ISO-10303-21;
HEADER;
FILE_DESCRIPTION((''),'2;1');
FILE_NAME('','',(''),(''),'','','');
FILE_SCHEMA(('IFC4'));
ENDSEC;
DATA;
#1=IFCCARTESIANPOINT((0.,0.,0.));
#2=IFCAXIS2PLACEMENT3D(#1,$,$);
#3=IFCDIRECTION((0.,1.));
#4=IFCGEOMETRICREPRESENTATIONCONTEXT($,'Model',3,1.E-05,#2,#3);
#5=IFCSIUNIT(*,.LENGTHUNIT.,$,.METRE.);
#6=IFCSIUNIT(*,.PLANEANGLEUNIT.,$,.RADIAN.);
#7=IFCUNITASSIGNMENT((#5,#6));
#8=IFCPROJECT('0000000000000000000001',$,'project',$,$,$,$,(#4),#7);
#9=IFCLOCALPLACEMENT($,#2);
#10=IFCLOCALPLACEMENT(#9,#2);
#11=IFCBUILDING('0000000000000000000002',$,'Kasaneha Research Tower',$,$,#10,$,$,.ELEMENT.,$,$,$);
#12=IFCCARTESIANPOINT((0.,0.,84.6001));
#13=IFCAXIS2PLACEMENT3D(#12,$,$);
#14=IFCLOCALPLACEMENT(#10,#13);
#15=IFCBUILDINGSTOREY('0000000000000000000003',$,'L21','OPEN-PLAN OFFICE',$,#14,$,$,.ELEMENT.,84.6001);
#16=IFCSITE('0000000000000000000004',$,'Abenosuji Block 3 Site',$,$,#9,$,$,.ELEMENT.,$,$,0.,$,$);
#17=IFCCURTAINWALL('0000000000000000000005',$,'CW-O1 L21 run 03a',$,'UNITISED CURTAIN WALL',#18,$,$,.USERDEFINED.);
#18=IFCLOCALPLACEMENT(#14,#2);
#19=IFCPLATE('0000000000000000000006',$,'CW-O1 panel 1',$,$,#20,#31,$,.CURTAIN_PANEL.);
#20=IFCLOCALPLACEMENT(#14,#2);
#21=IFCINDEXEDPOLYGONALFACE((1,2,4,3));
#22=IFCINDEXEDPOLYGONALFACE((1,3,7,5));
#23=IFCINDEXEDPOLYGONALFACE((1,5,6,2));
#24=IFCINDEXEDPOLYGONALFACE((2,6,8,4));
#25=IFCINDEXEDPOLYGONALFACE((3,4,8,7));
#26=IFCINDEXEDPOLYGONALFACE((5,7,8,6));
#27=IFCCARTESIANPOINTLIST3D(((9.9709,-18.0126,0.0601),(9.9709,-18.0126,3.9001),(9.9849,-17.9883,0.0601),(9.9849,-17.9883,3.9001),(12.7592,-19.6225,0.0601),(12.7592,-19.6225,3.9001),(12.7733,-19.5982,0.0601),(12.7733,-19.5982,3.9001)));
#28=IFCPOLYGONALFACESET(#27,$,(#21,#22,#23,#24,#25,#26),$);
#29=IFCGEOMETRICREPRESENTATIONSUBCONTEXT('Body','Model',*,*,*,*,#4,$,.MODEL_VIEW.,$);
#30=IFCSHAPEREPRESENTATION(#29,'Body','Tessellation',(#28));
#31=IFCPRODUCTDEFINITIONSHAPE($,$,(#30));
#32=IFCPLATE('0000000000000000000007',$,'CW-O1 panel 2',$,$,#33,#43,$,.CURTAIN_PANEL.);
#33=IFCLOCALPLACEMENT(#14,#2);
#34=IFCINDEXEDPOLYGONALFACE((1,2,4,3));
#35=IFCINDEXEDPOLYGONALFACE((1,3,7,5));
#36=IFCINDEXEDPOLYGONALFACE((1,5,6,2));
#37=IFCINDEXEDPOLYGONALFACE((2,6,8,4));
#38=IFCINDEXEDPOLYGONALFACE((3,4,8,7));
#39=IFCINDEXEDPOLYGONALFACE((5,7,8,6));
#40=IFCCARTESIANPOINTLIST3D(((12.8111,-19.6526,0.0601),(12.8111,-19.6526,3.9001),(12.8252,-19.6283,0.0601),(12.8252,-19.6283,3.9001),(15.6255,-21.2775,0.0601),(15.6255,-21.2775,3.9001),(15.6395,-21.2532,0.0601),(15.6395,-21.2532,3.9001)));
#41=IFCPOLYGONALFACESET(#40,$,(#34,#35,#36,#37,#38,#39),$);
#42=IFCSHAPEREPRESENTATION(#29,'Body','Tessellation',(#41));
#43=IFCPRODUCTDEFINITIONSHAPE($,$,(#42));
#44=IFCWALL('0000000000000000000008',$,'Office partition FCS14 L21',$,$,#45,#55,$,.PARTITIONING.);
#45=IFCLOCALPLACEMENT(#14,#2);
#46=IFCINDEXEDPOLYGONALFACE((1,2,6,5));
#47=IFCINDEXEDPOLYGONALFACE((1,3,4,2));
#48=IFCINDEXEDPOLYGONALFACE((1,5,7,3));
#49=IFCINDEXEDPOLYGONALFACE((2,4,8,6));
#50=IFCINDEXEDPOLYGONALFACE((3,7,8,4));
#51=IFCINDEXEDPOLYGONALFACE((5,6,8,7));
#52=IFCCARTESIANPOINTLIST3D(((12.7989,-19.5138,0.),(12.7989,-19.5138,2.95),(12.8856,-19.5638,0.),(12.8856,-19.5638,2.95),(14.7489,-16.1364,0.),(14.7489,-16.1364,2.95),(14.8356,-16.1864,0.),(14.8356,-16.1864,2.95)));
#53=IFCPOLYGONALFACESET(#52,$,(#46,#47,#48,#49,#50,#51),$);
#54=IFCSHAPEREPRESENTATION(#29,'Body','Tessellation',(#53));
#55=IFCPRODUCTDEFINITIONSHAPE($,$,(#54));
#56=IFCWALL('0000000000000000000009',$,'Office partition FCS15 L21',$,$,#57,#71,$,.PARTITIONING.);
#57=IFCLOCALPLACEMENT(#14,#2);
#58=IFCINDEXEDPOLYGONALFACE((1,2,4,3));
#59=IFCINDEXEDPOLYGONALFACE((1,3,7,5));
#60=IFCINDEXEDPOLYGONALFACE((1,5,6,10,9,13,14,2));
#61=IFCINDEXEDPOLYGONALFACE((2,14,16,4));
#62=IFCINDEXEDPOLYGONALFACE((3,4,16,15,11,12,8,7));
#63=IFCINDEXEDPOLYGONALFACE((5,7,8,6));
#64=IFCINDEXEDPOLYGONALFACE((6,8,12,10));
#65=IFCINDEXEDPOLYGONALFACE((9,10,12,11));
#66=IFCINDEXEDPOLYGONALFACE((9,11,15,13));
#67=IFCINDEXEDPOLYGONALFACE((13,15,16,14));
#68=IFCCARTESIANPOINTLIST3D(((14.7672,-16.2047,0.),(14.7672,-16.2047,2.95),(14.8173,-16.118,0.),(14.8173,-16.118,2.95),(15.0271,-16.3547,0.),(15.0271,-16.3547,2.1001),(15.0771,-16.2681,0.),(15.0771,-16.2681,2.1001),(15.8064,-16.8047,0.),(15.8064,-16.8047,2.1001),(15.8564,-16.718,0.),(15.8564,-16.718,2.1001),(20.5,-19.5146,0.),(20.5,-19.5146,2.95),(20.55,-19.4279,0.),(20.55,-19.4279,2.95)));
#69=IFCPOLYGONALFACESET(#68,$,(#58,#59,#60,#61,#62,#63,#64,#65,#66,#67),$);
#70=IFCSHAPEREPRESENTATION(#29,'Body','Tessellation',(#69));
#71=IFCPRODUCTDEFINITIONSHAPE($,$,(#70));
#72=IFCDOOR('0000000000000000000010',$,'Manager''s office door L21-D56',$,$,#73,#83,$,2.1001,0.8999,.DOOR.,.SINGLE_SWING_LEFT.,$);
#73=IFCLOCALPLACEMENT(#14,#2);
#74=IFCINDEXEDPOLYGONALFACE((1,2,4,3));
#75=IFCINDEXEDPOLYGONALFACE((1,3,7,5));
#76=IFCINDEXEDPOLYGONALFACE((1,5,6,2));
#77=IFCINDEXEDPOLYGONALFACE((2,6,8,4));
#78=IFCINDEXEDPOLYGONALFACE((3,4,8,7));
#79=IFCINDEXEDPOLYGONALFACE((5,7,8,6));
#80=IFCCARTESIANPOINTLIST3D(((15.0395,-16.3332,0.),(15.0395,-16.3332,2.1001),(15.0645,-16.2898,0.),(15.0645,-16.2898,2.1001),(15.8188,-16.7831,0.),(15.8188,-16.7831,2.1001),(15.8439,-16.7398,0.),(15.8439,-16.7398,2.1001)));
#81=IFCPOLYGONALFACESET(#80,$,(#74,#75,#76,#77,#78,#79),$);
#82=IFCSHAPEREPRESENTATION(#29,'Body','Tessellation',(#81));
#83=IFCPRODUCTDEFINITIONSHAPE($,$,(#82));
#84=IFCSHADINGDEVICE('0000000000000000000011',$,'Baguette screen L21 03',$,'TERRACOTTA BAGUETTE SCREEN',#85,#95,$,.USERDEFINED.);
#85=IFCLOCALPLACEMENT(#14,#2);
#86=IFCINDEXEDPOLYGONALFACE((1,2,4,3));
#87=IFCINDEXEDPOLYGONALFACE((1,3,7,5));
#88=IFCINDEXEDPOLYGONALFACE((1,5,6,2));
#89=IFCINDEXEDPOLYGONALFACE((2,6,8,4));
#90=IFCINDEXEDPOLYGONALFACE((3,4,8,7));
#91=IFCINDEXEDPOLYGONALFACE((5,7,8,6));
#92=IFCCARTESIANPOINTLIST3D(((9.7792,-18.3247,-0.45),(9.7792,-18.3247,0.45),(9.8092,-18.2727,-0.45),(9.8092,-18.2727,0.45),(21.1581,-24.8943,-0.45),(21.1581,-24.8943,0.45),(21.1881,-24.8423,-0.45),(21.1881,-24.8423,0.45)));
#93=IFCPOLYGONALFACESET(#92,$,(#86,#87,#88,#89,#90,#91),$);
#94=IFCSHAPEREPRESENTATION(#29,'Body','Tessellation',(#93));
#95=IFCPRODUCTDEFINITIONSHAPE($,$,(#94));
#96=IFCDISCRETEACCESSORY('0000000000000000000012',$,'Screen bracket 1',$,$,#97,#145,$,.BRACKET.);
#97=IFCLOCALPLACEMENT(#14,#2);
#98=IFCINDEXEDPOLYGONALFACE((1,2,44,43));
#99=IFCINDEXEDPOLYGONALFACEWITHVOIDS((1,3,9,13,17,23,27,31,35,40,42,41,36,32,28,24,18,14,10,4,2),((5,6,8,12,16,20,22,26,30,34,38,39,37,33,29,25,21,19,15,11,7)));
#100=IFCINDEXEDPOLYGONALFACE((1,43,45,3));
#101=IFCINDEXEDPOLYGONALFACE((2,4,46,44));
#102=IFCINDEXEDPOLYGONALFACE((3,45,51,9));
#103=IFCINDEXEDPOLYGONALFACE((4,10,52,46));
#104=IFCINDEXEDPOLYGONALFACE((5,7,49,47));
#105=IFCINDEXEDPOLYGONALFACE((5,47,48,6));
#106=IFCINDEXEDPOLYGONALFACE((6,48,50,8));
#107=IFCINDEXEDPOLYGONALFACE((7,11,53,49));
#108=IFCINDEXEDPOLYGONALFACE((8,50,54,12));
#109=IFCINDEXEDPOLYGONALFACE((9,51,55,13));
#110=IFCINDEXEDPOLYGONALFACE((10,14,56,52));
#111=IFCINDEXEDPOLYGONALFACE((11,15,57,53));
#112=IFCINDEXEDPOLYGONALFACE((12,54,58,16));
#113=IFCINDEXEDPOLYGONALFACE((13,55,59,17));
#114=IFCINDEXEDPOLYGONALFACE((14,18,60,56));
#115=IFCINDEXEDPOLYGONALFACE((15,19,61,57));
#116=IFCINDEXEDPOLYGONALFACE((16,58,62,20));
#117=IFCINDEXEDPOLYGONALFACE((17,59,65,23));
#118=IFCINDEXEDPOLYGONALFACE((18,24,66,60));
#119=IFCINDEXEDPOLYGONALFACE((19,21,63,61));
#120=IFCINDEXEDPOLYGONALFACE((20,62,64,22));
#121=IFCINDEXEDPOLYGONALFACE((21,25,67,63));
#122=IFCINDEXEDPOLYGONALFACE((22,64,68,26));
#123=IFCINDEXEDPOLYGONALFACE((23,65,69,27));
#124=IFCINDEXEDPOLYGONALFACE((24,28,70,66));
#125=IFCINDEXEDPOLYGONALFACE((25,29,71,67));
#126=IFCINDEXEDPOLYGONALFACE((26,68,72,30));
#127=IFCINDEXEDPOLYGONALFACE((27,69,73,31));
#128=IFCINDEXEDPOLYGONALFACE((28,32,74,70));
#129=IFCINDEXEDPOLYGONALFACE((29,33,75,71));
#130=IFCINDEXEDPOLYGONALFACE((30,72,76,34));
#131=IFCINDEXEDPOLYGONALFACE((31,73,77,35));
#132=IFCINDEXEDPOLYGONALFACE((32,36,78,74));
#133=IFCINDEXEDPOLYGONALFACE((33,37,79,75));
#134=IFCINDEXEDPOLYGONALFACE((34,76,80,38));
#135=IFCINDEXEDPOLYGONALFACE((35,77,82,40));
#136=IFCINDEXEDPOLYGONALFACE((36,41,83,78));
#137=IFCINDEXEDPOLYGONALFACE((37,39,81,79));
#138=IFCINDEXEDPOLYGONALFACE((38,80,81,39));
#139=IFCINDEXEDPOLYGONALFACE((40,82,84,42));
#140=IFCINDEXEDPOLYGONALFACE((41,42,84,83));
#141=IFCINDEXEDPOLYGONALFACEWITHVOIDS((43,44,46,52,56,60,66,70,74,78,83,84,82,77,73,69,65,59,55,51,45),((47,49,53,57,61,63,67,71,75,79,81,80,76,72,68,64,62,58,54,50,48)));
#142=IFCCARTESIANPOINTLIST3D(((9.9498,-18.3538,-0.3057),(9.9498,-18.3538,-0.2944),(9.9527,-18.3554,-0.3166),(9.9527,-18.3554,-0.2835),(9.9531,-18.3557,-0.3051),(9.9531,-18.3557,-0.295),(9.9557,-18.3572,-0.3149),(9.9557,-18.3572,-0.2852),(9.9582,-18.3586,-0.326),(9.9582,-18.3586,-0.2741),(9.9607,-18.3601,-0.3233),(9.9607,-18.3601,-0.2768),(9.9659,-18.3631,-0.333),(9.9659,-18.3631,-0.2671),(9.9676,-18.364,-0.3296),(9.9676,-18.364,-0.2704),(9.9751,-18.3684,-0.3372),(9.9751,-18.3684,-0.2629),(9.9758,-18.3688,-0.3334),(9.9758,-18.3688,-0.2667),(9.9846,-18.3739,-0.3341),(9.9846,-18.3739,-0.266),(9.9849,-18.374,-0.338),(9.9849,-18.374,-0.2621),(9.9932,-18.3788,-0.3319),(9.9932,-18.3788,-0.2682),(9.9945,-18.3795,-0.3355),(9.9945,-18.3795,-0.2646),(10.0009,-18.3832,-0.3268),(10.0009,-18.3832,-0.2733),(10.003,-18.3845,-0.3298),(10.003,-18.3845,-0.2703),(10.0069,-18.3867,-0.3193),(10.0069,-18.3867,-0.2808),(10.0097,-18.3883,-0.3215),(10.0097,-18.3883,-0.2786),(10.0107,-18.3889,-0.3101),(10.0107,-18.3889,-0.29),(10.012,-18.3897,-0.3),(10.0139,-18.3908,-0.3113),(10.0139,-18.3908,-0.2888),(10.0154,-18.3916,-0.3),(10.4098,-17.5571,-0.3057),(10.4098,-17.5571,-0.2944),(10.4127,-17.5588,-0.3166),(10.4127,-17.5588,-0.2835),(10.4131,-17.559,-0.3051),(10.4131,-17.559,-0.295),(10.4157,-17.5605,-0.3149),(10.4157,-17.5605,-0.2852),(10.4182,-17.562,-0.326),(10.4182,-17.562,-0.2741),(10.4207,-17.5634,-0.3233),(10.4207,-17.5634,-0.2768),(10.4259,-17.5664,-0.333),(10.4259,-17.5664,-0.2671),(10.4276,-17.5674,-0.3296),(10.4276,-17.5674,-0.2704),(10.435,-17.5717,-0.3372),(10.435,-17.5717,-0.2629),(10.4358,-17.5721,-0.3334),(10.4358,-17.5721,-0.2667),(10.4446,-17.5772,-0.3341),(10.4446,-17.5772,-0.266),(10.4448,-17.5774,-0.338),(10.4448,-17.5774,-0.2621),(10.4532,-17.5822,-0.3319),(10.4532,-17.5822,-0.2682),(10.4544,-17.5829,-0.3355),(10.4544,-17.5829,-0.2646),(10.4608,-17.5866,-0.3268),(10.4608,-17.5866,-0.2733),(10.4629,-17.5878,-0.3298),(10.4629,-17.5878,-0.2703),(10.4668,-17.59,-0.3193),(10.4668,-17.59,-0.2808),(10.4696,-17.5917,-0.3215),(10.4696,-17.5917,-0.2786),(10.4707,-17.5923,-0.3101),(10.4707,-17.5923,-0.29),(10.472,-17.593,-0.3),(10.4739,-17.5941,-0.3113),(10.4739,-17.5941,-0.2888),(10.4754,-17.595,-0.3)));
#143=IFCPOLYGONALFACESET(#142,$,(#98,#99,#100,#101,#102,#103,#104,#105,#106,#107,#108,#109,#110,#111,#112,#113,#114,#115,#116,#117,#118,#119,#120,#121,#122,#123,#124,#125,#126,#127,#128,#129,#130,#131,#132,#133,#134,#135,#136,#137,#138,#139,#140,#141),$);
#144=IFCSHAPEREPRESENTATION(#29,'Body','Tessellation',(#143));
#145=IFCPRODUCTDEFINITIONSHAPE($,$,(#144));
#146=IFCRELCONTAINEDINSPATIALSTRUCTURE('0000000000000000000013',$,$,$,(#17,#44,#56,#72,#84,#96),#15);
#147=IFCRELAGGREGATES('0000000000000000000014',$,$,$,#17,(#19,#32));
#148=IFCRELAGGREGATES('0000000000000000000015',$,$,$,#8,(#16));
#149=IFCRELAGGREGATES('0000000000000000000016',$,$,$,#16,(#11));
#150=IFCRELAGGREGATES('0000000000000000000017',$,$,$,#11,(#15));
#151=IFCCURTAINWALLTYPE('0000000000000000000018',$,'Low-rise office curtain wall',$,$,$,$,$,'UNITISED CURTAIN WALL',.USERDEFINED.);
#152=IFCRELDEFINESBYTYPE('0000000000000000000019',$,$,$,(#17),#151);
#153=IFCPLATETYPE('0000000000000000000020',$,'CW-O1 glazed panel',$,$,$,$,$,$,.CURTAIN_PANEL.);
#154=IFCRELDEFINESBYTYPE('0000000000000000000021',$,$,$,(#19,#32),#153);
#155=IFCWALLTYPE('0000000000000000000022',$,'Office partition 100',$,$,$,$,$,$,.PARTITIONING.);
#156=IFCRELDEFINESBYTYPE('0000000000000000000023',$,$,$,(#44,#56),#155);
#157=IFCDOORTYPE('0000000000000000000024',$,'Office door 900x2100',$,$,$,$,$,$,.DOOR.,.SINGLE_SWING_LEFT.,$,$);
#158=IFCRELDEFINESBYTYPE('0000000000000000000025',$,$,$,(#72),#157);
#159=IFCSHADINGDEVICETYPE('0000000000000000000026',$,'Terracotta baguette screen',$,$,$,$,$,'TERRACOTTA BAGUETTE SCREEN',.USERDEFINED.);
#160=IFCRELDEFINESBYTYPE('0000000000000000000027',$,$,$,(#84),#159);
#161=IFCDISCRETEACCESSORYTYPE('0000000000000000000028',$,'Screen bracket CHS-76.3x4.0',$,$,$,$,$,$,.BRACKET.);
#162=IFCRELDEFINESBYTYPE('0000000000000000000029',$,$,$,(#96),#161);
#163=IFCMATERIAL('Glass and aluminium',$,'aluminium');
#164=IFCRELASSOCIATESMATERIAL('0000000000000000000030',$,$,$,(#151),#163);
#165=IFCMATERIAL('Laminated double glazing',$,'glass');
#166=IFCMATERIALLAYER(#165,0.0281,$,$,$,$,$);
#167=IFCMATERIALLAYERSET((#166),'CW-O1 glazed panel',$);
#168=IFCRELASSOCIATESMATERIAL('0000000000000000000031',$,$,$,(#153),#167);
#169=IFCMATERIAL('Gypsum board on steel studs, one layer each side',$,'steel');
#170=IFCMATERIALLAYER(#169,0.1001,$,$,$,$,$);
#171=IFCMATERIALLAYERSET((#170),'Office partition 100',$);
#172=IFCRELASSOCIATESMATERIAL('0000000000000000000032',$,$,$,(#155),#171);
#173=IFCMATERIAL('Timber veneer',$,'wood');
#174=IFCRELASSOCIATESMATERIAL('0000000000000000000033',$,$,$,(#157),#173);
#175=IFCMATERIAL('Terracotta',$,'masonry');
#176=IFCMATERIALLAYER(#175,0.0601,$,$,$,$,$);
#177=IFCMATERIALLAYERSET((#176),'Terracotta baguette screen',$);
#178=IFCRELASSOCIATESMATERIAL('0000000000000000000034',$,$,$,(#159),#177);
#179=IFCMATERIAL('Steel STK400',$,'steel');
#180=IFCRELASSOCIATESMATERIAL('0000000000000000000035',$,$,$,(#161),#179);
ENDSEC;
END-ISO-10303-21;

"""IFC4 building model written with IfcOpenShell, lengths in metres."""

from ifc_helpers import new_model, si_unit, direction, frame, frame_2d, origin, origin_2d, place, context, subcontext, project, spatial, rectangle, hollow_circle, extrude, material, layer, layer_set, material_profile, profile_set, type_object, element, fill, aggregate, save


model = new_model("IFC4")

# Units and contexts
model_context = context("Model", 3, precision=1e-05, world=origin(), true_north=direction((0.0, 1.0)))
body_context = subcontext(model_context, "Body", "Model", "MODEL_VIEW")
ifc_project = project(units=[si_unit("LENGTHUNIT", "METRE"), si_unit("PLANEANGLEUNIT", "RADIAN")], contexts=[model_context])

# Site, building, storey
site_placement = place(None, origin())
site = spatial("IfcSite", under=ifc_project, at=site_placement, Name="Abenosuji Block 3 Site", CompositionType="ELEMENT", RefElevation=0.0)
building_placement = place(site_placement, origin())
building = spatial("IfcBuilding", under=site, at=building_placement, Name="Kasaneha Research Tower", CompositionType="ELEMENT")
storey_placement = place(building_placement, frame((0.0, 0.0, 84.6001)))
storey = spatial("IfcBuildingStorey", under=building, at=storey_placement, Name="L21", Description="OPEN-PLAN OFFICE", CompositionType="ELEMENT", Elevation=84.6001)

# Curtain wall
ifc_material_1 = material(Name="Glass and aluminium", Category="aluminium")
curtain_wall_type = type_object("IfcCurtainWallType", Name="Low-rise office curtain wall", ElementType="UNITISED CURTAIN WALL", PredefinedType="USERDEFINED", material=ifc_material_1)
curtain_wall_placement = place(storey_placement, origin())
curtain_wall = element("IfcCurtainWall", 1, at=curtain_wall_placement, inside=storey, type_object=curtain_wall_type, Name="CW-O1 L21 run 03a", ObjectType="UNITISED CURTAIN WALL", PredefinedType="USERDEFINED")

# Plates
ifc_material_2 = material(Name="Laminated double glazing", Category="glass")
ifc_layer_1 = layer(ifc_material_2, 0.0281)
ifc_layer_set_1 = layer_set([ifc_layer_1], Name="CW-O1 glazed panel")
plate_type = type_object("IfcPlateType", Name="CW-O1 glazed panel", PredefinedType="CURTAIN_PANEL", material=ifc_layer_set_1)
plate_1_placement = place(storey_placement, frame((11.3721, -18.8054, 0.0601), z_axis=(0.0, 0.0, 1.0), x_axis=(0.866025, -0.5, 0.0)))
plate_1 = element("IfcPlate", 2, at=plate_1_placement, type_object=plate_type, Name="CW-O1 panel 1", PredefinedType="CURTAIN_PANEL", context=body_context, shape_type="SweptSolid", body=[
    extrude(rectangle(XDim=3.2197, YDim=0.0281, at=origin_2d()), origin(), (0.0, 0.0, 1.0), 3.8401),
])
plate_2_placement = place(storey_placement, frame((14.2253, -20.4529, 0.0601), z_axis=(0.0, 0.0, 1.0), x_axis=(0.866025, -0.5, 0.0)))
plate_2 = element("IfcPlate", 3, at=plate_2_placement, type_object=plate_type, Name="CW-O1 panel 2", PredefinedType="CURTAIN_PANEL", context=body_context, shape_type="SweptSolid", body=[
    extrude(rectangle(XDim=3.2498, YDim=0.0281, at=origin_2d()), origin(), (0.0, 0.0, 1.0), 3.8401),
])
aggregate(curtain_wall, [plate_1, plate_2])

# Wall
ifc_material_3 = material(Name="Gypsum board on steel studs, one layer each side", Category="steel")
ifc_layer_2 = layer(ifc_material_3, 0.1001)
ifc_layer_set_2 = layer_set([ifc_layer_2], Name="Office partition 100")
wall_type = type_object("IfcWallType", Name="Office partition 100", PredefinedType="PARTITIONING", material=ifc_layer_set_2)
wall_1_placement = place(storey_placement, frame((12.8423, -19.5388, 0.0), z_axis=(0.0, 0.0, 1.0), x_axis=(0.499997, 0.866027, 0.0)))
element("IfcWall", 4, at=wall_1_placement, inside=storey, type_object=wall_type, Name="Office partition FCS14 L21", PredefinedType="PARTITIONING", context=body_context, shape_type="SweptSolid", body=[
    extrude(rectangle(XDim=3.8999, YDim=0.1001, at=frame_2d((1.95, 0.0))), origin(), (0.0, 0.0, 1.0), 2.95),
])

# Wall, opening, door
wall_2_placement = place(storey_placement, frame((14.7922, -16.1614, 0.0), z_axis=(0.0, 0.0, 1.0), x_axis=(0.866022, -0.500007, 0.0)))
wall_2 = element("IfcWall", 5, at=wall_2_placement, inside=storey, type_object=wall_type, Name="Office partition FCS15 L21", PredefinedType="PARTITIONING", context=body_context, shape_type="SweptSolid", body=[
    extrude(rectangle(XDim=6.6196, YDim=0.1001, at=frame_2d((3.3098, 0.0))), origin(), (0.0, 0.0, 1.0), 2.95),
])
opening_placement = place(wall_2_placement, frame((0.3, 0.0, 0.0)))
opening = element("IfcOpeningElement", 6, at=opening_placement, cuts=wall_2, PredefinedType="OPENING", context=body_context, shape_type="SweptSolid", body=[
    extrude(rectangle(XDim=0.8999, YDim=2.1001, at=frame_2d((0.45, 1.05))), frame((0.0, 0.0601, 0.0), z_axis=(0.0, -1.0, 0.0), x_axis=(1.0, 0.0, 0.0)), (0.0, 0.0, 1.0), 0.1201),
])
ifc_material_4 = material(Name="Timber veneer", Category="wood")
door_type = type_object("IfcDoorType", Name="Office door 900x2100", OperationType="SINGLE_SWING_LEFT", PredefinedType="DOOR", material=ifc_material_4)
door_placement = place(opening_placement, origin())
door = element("IfcDoor", 7, at=door_placement, inside=storey, type_object=door_type, Name="Manager's office door L21-D56", OperationType="SINGLE_SWING_LEFT", OverallHeight=2.1001, OverallWidth=0.8999, PredefinedType="DOOR", context=body_context, shape_type="SweptSolid", body=[
    extrude(rectangle(XDim=0.8999, YDim=2.1001, at=frame_2d((0.45, 1.05))), frame((0.0, 0.0249, 0.0), z_axis=(0.0, -1.0, 0.0), x_axis=(1.0, 0.0, 0.0)), (0.0, 0.0, 1.0), 0.05),
])
fill(opening, door)

# Shading device
ifc_material_5 = material(Name="Terracotta", Category="masonry")
ifc_layer_3 = layer(ifc_material_5, 0.0601)
ifc_layer_set_3 = layer_set([ifc_layer_3], Name="Terracotta baguette screen")
shading_device_type = type_object("IfcShadingDeviceType", Name="Terracotta baguette screen", ElementType="TERRACOTTA BAGUETTE SCREEN", PredefinedType="USERDEFINED", material=ifc_layer_set_3)
shading_device_placement = place(storey_placement, frame((15.4836, -21.5835, -0.45), z_axis=(0.0, 0.0, 1.0), x_axis=(0.866025, -0.5, 0.0)))
element("IfcShadingDevice", 8, at=shading_device_placement, inside=storey, type_object=shading_device_type, Name="Baguette screen L21 03", ObjectType="TERRACOTTA BAGUETTE SCREEN", PredefinedType="USERDEFINED", context=body_context, shape_type="SweptSolid", body=[
    extrude(rectangle(XDim=13.1392, YDim=0.0601, at=origin_2d()), origin(), (0.0, 0.0, 1.0), 0.8999),
])

# Discrete accessory
ifc_material_6 = material(Name="Steel STK400", Category="steel")
ifc_material_profile_1 = material_profile(ifc_material_6, hollow_circle(Radius=0.0381, WallThickness=0.0039, at=origin_2d()), Name="CHS-76.3x4.0")
ifc_profile_set_1 = profile_set([ifc_material_profile_1], Name="Steel STK400")
discrete_accessory_type = type_object("IfcDiscreteAccessoryType", Name="Screen bracket CHS-76.3x4.0", PredefinedType="BRACKET", material=ifc_profile_set_1)
discrete_accessory_1_placement = place(storey_placement, frame((10.4424, -17.5759, -0.3), z_axis=(-0.500021, -0.866013, 0.0), x_axis=(0.866013, -0.500021, 0.0)))
element("IfcDiscreteAccessory", 9, at=discrete_accessory_1_placement, inside=storey, type_object=discrete_accessory_type, Name="Screen bracket 1", PredefinedType="BRACKET", context=body_context, shape_type="SweptSolid", body=[
    extrude(hollow_circle(Radius=0.0381, WallThickness=0.0039, at=origin_2d()), origin(), (0.0, 0.0, 1.0), 0.9199),
])

save(model, "model.ifc")
